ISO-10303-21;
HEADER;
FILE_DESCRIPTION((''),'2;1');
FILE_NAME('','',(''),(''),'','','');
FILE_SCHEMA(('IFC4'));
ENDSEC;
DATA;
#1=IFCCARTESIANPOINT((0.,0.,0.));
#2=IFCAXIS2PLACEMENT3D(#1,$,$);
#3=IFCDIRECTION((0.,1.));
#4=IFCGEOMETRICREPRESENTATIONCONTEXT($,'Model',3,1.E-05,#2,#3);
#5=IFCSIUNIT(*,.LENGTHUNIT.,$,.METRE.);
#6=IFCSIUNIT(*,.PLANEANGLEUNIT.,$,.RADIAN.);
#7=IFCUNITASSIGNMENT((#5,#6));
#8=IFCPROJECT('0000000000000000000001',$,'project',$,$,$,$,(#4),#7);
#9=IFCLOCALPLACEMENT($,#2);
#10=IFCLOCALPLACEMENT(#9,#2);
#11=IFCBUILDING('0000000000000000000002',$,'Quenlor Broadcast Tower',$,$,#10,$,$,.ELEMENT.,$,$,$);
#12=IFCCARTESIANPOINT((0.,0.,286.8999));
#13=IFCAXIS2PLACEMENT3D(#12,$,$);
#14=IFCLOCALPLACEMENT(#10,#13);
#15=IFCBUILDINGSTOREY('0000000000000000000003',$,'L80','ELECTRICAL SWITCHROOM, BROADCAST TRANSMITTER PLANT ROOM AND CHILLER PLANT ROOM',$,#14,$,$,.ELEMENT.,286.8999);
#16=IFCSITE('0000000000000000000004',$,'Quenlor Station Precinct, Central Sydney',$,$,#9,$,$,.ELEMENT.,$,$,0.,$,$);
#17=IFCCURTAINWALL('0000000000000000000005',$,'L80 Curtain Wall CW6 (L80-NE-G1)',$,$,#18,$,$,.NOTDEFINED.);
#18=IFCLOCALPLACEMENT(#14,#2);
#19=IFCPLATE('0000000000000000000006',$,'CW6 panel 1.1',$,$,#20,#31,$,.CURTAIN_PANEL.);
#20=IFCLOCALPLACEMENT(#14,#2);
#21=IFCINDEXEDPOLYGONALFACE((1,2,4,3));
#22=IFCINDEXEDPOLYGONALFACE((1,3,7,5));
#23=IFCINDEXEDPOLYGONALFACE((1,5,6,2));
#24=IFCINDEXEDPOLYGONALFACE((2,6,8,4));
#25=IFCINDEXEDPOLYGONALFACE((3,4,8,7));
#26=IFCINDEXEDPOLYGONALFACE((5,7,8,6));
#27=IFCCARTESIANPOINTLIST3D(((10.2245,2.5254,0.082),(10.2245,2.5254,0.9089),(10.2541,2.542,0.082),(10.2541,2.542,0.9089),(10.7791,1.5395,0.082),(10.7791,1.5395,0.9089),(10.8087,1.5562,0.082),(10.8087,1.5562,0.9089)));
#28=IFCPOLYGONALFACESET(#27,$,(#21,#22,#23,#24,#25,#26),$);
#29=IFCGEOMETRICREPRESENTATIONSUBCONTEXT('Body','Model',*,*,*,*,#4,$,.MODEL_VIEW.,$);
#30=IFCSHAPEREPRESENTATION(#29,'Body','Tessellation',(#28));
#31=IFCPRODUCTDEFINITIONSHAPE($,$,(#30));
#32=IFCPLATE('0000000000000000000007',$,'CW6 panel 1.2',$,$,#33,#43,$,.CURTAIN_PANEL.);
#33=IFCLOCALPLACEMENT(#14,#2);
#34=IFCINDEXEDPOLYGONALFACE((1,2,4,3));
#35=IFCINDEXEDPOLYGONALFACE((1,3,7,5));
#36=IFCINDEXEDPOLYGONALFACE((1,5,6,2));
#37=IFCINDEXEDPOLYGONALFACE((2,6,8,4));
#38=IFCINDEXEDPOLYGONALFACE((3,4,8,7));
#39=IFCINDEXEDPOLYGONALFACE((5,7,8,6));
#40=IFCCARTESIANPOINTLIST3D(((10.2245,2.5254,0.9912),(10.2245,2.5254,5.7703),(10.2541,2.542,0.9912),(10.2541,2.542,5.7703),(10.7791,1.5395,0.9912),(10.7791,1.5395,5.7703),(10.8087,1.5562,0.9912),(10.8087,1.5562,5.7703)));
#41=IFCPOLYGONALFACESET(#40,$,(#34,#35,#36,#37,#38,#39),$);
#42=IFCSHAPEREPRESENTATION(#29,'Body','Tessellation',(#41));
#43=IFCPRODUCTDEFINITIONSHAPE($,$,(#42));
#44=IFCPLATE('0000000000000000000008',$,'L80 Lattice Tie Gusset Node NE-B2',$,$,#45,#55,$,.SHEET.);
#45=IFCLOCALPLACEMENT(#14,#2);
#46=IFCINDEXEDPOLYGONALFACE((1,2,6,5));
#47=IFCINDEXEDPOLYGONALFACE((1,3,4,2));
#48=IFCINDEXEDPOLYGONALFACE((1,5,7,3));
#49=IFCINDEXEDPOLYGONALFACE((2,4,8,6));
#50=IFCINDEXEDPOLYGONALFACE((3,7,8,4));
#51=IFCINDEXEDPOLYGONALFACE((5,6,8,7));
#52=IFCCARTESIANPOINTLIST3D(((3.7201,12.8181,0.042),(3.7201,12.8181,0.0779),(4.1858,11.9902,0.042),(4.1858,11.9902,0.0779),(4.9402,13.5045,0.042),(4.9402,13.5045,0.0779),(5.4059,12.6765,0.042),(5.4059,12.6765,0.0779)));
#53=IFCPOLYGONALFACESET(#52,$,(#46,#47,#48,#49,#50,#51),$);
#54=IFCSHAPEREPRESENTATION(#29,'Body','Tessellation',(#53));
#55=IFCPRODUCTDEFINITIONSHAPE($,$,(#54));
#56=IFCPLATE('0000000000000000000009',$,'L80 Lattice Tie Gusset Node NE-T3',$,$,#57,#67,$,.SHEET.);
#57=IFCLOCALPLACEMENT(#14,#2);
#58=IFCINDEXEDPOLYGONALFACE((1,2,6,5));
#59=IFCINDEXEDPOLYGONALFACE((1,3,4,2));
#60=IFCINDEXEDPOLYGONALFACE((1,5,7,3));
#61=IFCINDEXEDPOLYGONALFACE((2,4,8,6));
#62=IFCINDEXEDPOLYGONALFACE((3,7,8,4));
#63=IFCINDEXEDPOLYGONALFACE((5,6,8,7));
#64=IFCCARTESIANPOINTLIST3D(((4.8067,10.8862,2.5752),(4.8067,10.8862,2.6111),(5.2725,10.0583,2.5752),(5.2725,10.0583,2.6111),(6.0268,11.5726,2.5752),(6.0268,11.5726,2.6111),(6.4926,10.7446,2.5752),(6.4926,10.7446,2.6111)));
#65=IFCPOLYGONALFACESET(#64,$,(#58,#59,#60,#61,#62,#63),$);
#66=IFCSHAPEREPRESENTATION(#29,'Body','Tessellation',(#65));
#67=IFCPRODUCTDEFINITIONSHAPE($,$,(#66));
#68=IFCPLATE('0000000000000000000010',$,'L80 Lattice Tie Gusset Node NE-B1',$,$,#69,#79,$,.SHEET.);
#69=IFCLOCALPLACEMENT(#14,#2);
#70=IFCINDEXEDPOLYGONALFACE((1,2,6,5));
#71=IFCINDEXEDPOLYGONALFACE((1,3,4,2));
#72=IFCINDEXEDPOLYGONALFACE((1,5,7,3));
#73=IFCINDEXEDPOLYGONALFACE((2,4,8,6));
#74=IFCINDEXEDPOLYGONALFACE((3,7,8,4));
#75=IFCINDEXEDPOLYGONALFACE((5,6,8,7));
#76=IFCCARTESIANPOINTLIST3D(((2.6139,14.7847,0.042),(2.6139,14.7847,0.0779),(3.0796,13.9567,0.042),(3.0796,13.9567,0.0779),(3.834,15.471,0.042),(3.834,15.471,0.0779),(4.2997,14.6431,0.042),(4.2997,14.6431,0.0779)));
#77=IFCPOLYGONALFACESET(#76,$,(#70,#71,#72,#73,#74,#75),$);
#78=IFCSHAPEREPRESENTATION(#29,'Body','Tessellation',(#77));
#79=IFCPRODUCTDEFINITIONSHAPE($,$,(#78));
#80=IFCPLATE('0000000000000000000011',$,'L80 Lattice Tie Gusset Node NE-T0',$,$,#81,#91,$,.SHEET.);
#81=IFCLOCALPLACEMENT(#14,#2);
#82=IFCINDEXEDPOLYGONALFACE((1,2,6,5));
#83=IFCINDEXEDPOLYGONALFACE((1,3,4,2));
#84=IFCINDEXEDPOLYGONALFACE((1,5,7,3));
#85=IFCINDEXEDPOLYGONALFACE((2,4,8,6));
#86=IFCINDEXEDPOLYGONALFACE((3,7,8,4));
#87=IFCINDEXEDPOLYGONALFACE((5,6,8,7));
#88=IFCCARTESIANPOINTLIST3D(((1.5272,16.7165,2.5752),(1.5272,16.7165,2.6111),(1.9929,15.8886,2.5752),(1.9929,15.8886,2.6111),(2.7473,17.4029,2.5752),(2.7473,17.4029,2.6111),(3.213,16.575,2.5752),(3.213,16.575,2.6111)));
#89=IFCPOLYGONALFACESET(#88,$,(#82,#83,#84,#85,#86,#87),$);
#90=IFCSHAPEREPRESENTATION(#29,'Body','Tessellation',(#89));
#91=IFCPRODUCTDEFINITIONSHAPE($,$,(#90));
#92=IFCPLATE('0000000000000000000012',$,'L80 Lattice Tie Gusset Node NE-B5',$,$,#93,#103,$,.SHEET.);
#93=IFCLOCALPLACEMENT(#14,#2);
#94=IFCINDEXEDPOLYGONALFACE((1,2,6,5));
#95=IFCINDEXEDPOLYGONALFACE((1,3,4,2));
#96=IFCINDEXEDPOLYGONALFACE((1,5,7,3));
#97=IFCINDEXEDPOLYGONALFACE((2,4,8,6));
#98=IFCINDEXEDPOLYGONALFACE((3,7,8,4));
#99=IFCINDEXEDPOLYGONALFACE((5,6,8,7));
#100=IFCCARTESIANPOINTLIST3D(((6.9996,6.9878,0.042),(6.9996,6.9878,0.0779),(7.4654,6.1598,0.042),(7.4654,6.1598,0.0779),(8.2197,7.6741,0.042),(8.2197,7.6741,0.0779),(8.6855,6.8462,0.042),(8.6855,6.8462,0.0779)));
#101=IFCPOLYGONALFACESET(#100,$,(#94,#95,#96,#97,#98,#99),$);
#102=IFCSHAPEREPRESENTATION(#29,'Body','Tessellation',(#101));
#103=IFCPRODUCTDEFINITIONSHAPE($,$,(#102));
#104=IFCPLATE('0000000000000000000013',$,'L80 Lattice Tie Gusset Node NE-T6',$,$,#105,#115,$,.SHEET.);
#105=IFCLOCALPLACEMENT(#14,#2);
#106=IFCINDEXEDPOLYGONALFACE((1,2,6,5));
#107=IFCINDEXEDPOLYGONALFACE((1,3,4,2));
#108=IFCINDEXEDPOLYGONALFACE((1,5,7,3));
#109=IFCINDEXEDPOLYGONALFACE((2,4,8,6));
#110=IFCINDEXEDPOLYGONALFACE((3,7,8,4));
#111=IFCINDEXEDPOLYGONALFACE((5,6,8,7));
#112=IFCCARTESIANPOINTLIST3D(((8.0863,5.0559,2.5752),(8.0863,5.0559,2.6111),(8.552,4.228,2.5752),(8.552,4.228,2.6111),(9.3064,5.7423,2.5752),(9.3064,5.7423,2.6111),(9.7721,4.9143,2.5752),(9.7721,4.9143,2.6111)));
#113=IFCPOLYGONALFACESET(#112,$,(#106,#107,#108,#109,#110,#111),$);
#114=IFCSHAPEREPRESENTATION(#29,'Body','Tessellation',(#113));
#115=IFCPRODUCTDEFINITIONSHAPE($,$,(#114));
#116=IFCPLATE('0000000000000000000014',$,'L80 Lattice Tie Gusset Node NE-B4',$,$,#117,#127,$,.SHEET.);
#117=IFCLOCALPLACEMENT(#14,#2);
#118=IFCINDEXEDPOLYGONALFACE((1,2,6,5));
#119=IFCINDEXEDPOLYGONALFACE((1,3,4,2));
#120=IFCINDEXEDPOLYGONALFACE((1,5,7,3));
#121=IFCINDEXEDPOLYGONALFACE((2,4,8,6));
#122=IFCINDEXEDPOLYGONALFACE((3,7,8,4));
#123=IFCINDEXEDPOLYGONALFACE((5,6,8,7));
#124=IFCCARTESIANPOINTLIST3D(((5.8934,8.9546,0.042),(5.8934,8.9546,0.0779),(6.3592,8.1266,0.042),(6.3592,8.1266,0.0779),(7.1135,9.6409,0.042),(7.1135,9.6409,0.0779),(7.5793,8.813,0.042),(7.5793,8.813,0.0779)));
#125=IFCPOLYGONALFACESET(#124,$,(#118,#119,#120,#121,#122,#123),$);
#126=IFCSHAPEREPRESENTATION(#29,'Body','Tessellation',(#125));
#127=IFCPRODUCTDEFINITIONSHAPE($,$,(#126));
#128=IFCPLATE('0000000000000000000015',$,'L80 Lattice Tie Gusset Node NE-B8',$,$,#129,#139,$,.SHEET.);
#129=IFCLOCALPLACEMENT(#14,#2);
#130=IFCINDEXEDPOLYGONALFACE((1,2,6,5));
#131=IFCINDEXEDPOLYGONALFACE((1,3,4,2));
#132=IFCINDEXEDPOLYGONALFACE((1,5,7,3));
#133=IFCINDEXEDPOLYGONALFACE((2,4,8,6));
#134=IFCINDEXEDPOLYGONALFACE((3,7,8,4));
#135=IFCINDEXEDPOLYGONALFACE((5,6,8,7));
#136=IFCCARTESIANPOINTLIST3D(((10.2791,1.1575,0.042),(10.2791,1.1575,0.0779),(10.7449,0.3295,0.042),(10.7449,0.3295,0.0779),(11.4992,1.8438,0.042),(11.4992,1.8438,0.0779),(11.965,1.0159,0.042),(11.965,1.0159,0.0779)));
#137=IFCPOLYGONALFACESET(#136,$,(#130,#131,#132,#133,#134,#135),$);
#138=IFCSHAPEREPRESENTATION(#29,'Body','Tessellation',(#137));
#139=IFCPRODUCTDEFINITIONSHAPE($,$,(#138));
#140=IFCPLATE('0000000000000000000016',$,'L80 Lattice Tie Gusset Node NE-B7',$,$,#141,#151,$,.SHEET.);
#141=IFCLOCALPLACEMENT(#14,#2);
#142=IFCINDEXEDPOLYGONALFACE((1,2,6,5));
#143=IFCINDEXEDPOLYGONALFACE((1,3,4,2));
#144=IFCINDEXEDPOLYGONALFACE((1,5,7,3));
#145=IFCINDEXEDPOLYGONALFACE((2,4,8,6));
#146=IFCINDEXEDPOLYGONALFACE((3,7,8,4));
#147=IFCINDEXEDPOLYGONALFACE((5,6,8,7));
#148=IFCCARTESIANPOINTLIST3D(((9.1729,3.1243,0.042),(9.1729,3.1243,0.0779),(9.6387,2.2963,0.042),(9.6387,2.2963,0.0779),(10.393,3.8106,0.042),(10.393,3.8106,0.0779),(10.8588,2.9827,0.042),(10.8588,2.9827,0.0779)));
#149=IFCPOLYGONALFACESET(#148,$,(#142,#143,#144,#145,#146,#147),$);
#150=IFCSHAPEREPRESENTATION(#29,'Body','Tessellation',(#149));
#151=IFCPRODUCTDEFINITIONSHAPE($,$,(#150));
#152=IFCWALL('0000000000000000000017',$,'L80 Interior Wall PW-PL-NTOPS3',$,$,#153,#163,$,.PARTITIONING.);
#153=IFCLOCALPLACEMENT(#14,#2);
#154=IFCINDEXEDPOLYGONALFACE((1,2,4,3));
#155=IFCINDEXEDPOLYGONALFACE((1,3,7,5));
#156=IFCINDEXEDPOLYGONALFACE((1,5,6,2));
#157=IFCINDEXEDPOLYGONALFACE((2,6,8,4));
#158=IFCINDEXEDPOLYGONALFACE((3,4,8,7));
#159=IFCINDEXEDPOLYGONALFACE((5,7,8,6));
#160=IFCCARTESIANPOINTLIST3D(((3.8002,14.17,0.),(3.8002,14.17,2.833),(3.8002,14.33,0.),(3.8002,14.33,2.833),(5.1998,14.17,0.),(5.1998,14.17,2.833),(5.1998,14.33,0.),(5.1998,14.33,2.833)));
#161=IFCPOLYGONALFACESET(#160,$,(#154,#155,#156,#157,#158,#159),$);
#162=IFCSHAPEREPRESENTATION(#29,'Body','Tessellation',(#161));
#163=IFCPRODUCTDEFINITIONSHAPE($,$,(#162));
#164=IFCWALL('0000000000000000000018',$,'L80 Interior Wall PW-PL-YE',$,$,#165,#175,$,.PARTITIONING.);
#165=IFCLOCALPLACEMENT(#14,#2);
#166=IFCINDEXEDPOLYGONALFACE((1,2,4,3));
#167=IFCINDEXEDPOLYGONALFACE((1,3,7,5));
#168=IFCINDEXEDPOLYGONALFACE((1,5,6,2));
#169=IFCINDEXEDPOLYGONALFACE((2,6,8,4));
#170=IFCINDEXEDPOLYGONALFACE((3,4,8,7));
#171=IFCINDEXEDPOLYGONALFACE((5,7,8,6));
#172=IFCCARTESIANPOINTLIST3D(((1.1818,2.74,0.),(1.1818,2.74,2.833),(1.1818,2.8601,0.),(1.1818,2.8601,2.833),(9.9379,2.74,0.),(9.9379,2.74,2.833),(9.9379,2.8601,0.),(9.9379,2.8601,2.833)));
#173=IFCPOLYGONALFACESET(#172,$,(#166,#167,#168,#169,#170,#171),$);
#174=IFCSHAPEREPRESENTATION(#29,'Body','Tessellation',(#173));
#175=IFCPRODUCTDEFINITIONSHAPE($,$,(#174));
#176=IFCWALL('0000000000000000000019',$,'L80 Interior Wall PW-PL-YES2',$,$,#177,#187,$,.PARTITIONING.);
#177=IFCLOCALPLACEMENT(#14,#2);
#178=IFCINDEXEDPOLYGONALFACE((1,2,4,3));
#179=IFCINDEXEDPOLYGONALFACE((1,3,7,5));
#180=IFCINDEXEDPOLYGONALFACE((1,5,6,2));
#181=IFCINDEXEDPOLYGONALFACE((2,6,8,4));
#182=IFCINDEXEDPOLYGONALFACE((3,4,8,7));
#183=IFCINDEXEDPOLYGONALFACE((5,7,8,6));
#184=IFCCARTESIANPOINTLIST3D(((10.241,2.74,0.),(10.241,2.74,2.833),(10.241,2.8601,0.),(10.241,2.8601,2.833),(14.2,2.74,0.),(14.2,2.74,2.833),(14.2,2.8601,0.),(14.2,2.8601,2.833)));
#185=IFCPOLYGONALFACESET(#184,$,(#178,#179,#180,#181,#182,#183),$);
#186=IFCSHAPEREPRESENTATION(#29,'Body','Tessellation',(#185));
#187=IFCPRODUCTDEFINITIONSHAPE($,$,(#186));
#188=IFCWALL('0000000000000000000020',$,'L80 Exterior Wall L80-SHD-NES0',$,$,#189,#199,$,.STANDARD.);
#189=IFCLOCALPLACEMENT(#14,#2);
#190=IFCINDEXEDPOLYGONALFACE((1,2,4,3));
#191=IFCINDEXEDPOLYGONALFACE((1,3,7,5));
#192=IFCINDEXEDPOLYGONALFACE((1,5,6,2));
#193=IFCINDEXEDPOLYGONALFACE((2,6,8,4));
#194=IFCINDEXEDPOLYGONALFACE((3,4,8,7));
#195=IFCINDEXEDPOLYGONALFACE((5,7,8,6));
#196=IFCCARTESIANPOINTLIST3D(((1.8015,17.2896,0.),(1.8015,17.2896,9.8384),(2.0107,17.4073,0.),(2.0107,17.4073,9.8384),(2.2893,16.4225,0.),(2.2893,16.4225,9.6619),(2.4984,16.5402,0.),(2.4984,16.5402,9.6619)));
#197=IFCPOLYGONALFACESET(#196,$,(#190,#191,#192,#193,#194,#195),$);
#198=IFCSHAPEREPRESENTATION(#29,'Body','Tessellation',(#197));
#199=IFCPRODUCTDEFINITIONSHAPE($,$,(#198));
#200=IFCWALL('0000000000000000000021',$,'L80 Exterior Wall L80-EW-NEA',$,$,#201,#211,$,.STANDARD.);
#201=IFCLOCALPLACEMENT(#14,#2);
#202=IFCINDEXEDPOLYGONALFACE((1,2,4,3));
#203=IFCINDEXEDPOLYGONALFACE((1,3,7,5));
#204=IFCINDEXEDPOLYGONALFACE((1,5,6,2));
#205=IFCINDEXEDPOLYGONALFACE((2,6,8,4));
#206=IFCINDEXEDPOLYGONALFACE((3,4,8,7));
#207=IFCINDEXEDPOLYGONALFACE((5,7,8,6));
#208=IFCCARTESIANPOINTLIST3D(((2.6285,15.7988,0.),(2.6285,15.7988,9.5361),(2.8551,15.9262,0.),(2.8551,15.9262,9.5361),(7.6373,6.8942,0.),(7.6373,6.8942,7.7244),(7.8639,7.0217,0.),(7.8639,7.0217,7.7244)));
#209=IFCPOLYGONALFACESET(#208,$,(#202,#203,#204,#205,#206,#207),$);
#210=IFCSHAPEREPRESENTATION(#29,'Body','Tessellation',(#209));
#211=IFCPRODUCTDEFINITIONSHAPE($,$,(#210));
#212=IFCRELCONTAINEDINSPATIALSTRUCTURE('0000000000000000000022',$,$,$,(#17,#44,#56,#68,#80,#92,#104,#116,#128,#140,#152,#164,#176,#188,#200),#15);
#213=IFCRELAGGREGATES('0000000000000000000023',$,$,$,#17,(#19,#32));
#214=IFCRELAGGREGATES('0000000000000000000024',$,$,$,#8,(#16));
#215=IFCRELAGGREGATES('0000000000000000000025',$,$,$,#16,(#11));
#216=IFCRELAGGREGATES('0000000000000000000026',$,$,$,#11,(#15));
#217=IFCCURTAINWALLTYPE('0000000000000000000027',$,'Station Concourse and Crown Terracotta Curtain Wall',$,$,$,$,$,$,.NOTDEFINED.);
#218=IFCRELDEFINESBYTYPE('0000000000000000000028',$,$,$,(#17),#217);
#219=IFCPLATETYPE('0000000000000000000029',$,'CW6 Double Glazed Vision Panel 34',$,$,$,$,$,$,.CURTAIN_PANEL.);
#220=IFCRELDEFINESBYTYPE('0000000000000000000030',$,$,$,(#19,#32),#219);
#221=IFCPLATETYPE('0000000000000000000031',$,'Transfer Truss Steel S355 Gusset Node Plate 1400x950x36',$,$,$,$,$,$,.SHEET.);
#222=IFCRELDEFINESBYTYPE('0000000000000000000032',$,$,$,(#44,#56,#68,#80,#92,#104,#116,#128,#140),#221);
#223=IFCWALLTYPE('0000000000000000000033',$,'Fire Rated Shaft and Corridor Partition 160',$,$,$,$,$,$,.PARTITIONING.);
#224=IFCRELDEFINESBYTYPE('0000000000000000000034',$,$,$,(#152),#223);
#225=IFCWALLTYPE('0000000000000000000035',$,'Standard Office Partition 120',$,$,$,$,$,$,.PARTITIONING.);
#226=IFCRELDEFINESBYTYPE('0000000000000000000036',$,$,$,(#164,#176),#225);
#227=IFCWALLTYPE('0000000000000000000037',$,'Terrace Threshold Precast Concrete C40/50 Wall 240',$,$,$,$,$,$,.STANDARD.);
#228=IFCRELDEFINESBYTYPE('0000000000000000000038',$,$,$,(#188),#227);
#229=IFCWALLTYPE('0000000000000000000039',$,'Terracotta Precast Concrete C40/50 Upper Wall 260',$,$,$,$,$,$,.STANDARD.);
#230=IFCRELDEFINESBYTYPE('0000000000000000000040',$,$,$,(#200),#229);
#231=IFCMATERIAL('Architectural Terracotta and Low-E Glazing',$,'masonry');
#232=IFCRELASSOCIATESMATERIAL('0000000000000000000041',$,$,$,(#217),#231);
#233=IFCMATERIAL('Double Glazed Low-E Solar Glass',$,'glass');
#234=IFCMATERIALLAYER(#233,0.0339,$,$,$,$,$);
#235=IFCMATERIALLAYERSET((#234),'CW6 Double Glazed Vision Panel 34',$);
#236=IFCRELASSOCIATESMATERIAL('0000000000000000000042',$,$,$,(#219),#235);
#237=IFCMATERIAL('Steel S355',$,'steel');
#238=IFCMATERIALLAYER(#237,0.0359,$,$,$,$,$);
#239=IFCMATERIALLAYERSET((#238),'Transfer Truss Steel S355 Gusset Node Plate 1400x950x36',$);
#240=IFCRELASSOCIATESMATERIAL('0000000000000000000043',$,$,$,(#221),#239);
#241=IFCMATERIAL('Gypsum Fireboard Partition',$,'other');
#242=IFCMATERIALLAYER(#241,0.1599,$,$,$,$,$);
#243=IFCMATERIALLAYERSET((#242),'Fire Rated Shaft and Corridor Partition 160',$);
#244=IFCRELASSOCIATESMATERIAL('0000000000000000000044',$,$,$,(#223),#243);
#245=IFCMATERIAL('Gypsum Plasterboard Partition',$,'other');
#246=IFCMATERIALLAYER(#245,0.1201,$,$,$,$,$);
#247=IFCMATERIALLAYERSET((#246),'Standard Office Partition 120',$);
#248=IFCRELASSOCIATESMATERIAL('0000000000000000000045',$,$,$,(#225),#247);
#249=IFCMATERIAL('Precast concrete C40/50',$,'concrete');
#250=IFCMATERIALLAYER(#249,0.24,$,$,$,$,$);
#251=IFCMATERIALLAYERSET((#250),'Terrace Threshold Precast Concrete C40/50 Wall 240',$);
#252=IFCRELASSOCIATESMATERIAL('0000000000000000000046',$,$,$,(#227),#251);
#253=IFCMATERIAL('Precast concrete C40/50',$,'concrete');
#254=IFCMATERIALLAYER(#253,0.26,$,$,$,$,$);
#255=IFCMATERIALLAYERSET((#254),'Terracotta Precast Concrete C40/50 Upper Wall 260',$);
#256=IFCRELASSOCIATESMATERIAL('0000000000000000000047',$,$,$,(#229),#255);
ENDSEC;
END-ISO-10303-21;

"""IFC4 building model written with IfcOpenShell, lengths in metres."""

from ifc_helpers import new_model, si_unit, direction, frame, frame_2d, origin, origin_2d, place, context, subcontext, project, spatial, polyline, rectangle, outline, extrude, material, layer, layer_set, type_object, element, aggregate, save


model = new_model("IFC4")

# Units and contexts
model_context = context("Model", 3, precision=1e-05, world=origin(), true_north=direction((0.0, 1.0)))
body_context = subcontext(model_context, "Body", "Model", "MODEL_VIEW")
ifc_project = project(units=[si_unit("LENGTHUNIT", "METRE"), si_unit("PLANEANGLEUNIT", "RADIAN")], contexts=[model_context])

# Site, building, storey
site_placement = place(None, origin())
site = spatial("IfcSite", under=ifc_project, at=site_placement, Name="Quenlor Station Precinct, Central Sydney", CompositionType="ELEMENT", RefElevation=0.0)
building_placement = place(site_placement, origin())
building = spatial("IfcBuilding", under=site, at=building_placement, Name="Quenlor Broadcast Tower", CompositionType="ELEMENT")
storey_placement = place(building_placement, frame((0.0, 0.0, 286.8999)))
storey = spatial("IfcBuildingStorey", under=building, at=storey_placement, Name="L80", Description="ELECTRICAL SWITCHROOM, BROADCAST TRANSMITTER PLANT ROOM AND CHILLER PLANT ROOM", CompositionType="ELEMENT", Elevation=286.8999)

# Curtain wall
ifc_material_1 = material(Name="Architectural Terracotta and Low-E Glazing", Category="masonry")
curtain_wall_type = type_object("IfcCurtainWallType", Name="Station Concourse and Crown Terracotta Curtain Wall", PredefinedType="NOTDEFINED", material=ifc_material_1)
curtain_wall_placement = place(storey_placement, origin())
curtain_wall = element("IfcCurtainWall", 1, at=curtain_wall_placement, inside=storey, type_object=curtain_wall_type, Name="L80 Curtain Wall CW6 (L80-NE-G1)", PredefinedType="NOTDEFINED")

# Plates
ifc_material_2 = material(Name="Double Glazed Low-E Solar Glass", Category="glass")
ifc_layer_1 = layer(ifc_material_2, 0.0339)
ifc_layer_set_1 = layer_set([ifc_layer_1], Name="CW6 Double Glazed Vision Panel 34")
plate_type_1 = type_object("IfcPlateType", Name="CW6 Double Glazed Vision Panel 34", PredefinedType="CURTAIN_PANEL", material=ifc_layer_set_1)
plate_1_placement = place(storey_placement, frame((10.5166, 2.0408, 0.082), z_axis=(0.0, 0.0, 1.0), x_axis=(0.490291, -0.871559, 0.0)))
plate_1 = element("IfcPlate", 2, at=plate_1_placement, type_object=plate_type_1, Name="CW6 panel 1.1", PredefinedType="CURTAIN_PANEL", context=body_context, shape_type="SweptSolid", body=[
    extrude(rectangle(XDim=1.1311, YDim=0.0339, at=origin_2d()), origin(), (0.0, 0.0, 1.0), 0.8269),
])
plate_2_placement = place(storey_placement, frame((10.5166, 2.0408, 0.9912), z_axis=(0.0, 0.0, 1.0), x_axis=(0.490291, -0.871559, 0.0)))
plate_2 = element("IfcPlate", 3, at=plate_2_placement, type_object=plate_type_1, Name="CW6 panel 1.2", PredefinedType="CURTAIN_PANEL", context=body_context, shape_type="SweptSolid", body=[
    extrude(rectangle(XDim=1.1311, YDim=0.0339, at=origin_2d()), origin(), (0.0, 0.0, 1.0), 4.7791),
])
aggregate(curtain_wall, [plate_1, plate_2])

# Plates
ifc_material_3 = material(Name="Steel S355", Category="steel")
ifc_layer_2 = layer(ifc_material_3, 0.0359)
ifc_layer_set_2 = layer_set([ifc_layer_2], Name="Transfer Truss Steel S355 Gusset Node Plate 1400x950x36")
plate_type_2 = type_object("IfcPlateType", Name="Transfer Truss Steel S355 Gusset Node Plate 1400x950x36", PredefinedType="SHEET", material=ifc_layer_set_2)
for number, where, z_axis, x_axis, name in (
    (4, (4.563, 12.7473, 0.042), (0.0, 0.0, 1.0), (0.871556, 0.490295, 0.0), "L80 Lattice Tie Gusset Node NE-B2"),
    (5, (5.6497, 10.8154, 2.5752), (0.0, 0.0, 1.0), (0.871556, 0.490295, 0.0), "L80 Lattice Tie Gusset Node NE-T3"),
    (6, (3.4568, 14.7139, 0.042), (0.0, 0.0, 1.0), (0.871556, 0.490295, 0.0), "L80 Lattice Tie Gusset Node NE-B1"),
    (7, (2.3701, 16.6458, 2.5752), (0.0, 0.0, 1.0), (0.871556, 0.490295, 0.0), "L80 Lattice Tie Gusset Node NE-T0"),
    (8, (7.8425, 6.917, 0.042), (0.0, 0.0, 1.0), (0.871556, 0.490295, 0.0), "L80 Lattice Tie Gusset Node NE-B5"),
    (9, (8.9292, 4.9851, 2.5752), (0.0, 0.0, 1.0), (0.871556, 0.490295, 0.0), "L80 Lattice Tie Gusset Node NE-T6"),
    (10, (6.7363, 8.8838, 0.042), (0.0, 0.0, 1.0), (0.871556, 0.490295, 0.0), "L80 Lattice Tie Gusset Node NE-B4"),
    (11, (11.1221, 1.0867, 0.042), (0.0, 0.0, 1.0), (0.871556, 0.490295, 0.0), "L80 Lattice Tie Gusset Node NE-B8"),
    (12, (10.0159, 3.0535, 0.042), (0.0, 0.0, 1.0), (0.871556, 0.490295, 0.0), "L80 Lattice Tie Gusset Node NE-B7"),
):
    element("IfcPlate", number, at=place(storey_placement, frame(where, z_axis=z_axis, x_axis=x_axis)), inside=storey, type_object=plate_type_2, Name=name, PredefinedType="SHEET", context=body_context, shape_type="SweptSolid", body=[
        extrude(rectangle(XDim=1.3999, YDim=0.95, at=origin_2d()), origin(), (0.0, 0.0, 1.0), 0.0359),
    ])

# Walls
ifc_material_4 = material(Name="Gypsum Fireboard Partition", Category="other")
ifc_layer_3 = layer(ifc_material_4, 0.1599)
ifc_layer_set_3 = layer_set([ifc_layer_3], Name="Fire Rated Shaft and Corridor Partition 160")
wall_type_1 = type_object("IfcWallType", Name="Fire Rated Shaft and Corridor Partition 160", PredefinedType="PARTITIONING", material=ifc_layer_set_3)
wall_1_placement = place(storey_placement, frame((3.8003, 14.25, 0.0), z_axis=(0.0, 0.0, 1.0), x_axis=(1.0, 0.0, 0.0)))
element("IfcWall", 13, at=wall_1_placement, inside=storey, type_object=wall_type_1, Name="L80 Interior Wall PW-PL-NTOPS3", PredefinedType="PARTITIONING", context=body_context, shape_type="SweptSolid", body=[
    extrude(rectangle(XDim=1.3997, YDim=0.1599, at=frame_2d((0.6997, 0.0))), origin(), (0.0, 0.0, 1.0), 2.833),
])
ifc_material_5 = material(Name="Gypsum Plasterboard Partition", Category="other")
ifc_layer_4 = layer(ifc_material_5, 0.1201)
ifc_layer_set_4 = layer_set([ifc_layer_4], Name="Standard Office Partition 120")
wall_type_2 = type_object("IfcWallType", Name="Standard Office Partition 120", PredefinedType="PARTITIONING", material=ifc_layer_set_4)
wall_2_placement = place(storey_placement, frame((1.1819, 2.8, 0.0), z_axis=(0.0, 0.0, 1.0), x_axis=(1.0, 0.0, 0.0)))
element("IfcWall", 14, at=wall_2_placement, inside=storey, type_object=wall_type_2, Name="L80 Interior Wall PW-PL-YE", PredefinedType="PARTITIONING", context=body_context, shape_type="SweptSolid", body=[
    extrude(rectangle(XDim=8.7561, YDim=0.1201, at=frame_2d((4.3779, 0.0))), origin(), (0.0, 0.0, 1.0), 2.833),
])
wall_3_placement = place(storey_placement, frame((10.241, 2.8, 0.0), z_axis=(0.0, 0.0, 1.0), x_axis=(1.0, 0.0, 0.0)))
element("IfcWall", 15, at=wall_3_placement, inside=storey, type_object=wall_type_2, Name="L80 Interior Wall PW-PL-YES2", PredefinedType="PARTITIONING", context=body_context, shape_type="SweptSolid", body=[
    extrude(rectangle(XDim=3.959, YDim=0.1201, at=frame_2d((1.9795, 0.0))), origin(), (0.0, 0.0, 1.0), 2.833),
])
ifc_material_6 = material(Name="Precast concrete C40/50", Category="concrete")
ifc_layer_5 = layer(ifc_material_6, 0.24)
ifc_layer_set_5 = layer_set([ifc_layer_5], Name="Terrace Threshold Precast Concrete C40/50 Wall 240")
wall_type_3 = type_object("IfcWallType", Name="Terrace Threshold Precast Concrete C40/50 Wall 240", PredefinedType="STANDARD", material=ifc_layer_set_5)
wall_4_placement = place(storey_placement, frame((1.906, 17.3484, 0.0), z_axis=(0.0, 0.0, 1.0), x_axis=(0.490261, -0.871576, 0.0)))
element("IfcWall", 16, at=wall_4_placement, inside=storey, type_object=wall_type_3, Name="L80 Exterior Wall L80-SHD-NES0", PredefinedType="STANDARD", context=body_context, shape_type="SweptSolid", body=[
    extrude(outline(polyline([(0.0, 0.0), (0.9949, 0.0), (0.9949, 9.6619), (0.0, 9.8384), (0.0, 0.0)])), frame((0.0, 0.1201, 0.0), z_axis=(0.0, -1.0, 0.0), x_axis=(1.0, 0.0, 0.0)), (0.0, 0.0, 1.0), 0.24),
])
ifc_material_7 = material(Name="Precast concrete C40/50", Category="concrete")
ifc_layer_6 = layer(ifc_material_7, 0.26)
ifc_layer_set_6 = layer_set([ifc_layer_6], Name="Terracotta Precast Concrete C40/50 Upper Wall 260")
wall_type_4 = type_object("IfcWallType", Name="Terracotta Precast Concrete C40/50 Upper Wall 260", PredefinedType="STANDARD", material=ifc_layer_set_6)
wall_5_placement = place(storey_placement, frame((2.7419, 15.8625, 0.0), z_axis=(0.0, 0.0, 1.0), x_axis=(0.49026, -0.871576, 0.0)))
element("IfcWall", 17, at=wall_5_placement, inside=storey, type_object=wall_type_4, Name="L80 Exterior Wall L80-EW-NEA", PredefinedType="STANDARD", context=body_context, shape_type="SweptSolid", body=[
    extrude(outline(polyline([(0.0, 0.0), (10.2166, 0.0), (10.2166, 7.7244), (0.0, 9.5361), (0.0, 0.0)])), frame((0.0, 0.1299, 0.0), z_axis=(0.0, -1.0, 0.0), x_axis=(1.0, 0.0, 0.0)), (0.0, 0.0, 1.0), 0.26),
])

save(model, "model.ifc")
